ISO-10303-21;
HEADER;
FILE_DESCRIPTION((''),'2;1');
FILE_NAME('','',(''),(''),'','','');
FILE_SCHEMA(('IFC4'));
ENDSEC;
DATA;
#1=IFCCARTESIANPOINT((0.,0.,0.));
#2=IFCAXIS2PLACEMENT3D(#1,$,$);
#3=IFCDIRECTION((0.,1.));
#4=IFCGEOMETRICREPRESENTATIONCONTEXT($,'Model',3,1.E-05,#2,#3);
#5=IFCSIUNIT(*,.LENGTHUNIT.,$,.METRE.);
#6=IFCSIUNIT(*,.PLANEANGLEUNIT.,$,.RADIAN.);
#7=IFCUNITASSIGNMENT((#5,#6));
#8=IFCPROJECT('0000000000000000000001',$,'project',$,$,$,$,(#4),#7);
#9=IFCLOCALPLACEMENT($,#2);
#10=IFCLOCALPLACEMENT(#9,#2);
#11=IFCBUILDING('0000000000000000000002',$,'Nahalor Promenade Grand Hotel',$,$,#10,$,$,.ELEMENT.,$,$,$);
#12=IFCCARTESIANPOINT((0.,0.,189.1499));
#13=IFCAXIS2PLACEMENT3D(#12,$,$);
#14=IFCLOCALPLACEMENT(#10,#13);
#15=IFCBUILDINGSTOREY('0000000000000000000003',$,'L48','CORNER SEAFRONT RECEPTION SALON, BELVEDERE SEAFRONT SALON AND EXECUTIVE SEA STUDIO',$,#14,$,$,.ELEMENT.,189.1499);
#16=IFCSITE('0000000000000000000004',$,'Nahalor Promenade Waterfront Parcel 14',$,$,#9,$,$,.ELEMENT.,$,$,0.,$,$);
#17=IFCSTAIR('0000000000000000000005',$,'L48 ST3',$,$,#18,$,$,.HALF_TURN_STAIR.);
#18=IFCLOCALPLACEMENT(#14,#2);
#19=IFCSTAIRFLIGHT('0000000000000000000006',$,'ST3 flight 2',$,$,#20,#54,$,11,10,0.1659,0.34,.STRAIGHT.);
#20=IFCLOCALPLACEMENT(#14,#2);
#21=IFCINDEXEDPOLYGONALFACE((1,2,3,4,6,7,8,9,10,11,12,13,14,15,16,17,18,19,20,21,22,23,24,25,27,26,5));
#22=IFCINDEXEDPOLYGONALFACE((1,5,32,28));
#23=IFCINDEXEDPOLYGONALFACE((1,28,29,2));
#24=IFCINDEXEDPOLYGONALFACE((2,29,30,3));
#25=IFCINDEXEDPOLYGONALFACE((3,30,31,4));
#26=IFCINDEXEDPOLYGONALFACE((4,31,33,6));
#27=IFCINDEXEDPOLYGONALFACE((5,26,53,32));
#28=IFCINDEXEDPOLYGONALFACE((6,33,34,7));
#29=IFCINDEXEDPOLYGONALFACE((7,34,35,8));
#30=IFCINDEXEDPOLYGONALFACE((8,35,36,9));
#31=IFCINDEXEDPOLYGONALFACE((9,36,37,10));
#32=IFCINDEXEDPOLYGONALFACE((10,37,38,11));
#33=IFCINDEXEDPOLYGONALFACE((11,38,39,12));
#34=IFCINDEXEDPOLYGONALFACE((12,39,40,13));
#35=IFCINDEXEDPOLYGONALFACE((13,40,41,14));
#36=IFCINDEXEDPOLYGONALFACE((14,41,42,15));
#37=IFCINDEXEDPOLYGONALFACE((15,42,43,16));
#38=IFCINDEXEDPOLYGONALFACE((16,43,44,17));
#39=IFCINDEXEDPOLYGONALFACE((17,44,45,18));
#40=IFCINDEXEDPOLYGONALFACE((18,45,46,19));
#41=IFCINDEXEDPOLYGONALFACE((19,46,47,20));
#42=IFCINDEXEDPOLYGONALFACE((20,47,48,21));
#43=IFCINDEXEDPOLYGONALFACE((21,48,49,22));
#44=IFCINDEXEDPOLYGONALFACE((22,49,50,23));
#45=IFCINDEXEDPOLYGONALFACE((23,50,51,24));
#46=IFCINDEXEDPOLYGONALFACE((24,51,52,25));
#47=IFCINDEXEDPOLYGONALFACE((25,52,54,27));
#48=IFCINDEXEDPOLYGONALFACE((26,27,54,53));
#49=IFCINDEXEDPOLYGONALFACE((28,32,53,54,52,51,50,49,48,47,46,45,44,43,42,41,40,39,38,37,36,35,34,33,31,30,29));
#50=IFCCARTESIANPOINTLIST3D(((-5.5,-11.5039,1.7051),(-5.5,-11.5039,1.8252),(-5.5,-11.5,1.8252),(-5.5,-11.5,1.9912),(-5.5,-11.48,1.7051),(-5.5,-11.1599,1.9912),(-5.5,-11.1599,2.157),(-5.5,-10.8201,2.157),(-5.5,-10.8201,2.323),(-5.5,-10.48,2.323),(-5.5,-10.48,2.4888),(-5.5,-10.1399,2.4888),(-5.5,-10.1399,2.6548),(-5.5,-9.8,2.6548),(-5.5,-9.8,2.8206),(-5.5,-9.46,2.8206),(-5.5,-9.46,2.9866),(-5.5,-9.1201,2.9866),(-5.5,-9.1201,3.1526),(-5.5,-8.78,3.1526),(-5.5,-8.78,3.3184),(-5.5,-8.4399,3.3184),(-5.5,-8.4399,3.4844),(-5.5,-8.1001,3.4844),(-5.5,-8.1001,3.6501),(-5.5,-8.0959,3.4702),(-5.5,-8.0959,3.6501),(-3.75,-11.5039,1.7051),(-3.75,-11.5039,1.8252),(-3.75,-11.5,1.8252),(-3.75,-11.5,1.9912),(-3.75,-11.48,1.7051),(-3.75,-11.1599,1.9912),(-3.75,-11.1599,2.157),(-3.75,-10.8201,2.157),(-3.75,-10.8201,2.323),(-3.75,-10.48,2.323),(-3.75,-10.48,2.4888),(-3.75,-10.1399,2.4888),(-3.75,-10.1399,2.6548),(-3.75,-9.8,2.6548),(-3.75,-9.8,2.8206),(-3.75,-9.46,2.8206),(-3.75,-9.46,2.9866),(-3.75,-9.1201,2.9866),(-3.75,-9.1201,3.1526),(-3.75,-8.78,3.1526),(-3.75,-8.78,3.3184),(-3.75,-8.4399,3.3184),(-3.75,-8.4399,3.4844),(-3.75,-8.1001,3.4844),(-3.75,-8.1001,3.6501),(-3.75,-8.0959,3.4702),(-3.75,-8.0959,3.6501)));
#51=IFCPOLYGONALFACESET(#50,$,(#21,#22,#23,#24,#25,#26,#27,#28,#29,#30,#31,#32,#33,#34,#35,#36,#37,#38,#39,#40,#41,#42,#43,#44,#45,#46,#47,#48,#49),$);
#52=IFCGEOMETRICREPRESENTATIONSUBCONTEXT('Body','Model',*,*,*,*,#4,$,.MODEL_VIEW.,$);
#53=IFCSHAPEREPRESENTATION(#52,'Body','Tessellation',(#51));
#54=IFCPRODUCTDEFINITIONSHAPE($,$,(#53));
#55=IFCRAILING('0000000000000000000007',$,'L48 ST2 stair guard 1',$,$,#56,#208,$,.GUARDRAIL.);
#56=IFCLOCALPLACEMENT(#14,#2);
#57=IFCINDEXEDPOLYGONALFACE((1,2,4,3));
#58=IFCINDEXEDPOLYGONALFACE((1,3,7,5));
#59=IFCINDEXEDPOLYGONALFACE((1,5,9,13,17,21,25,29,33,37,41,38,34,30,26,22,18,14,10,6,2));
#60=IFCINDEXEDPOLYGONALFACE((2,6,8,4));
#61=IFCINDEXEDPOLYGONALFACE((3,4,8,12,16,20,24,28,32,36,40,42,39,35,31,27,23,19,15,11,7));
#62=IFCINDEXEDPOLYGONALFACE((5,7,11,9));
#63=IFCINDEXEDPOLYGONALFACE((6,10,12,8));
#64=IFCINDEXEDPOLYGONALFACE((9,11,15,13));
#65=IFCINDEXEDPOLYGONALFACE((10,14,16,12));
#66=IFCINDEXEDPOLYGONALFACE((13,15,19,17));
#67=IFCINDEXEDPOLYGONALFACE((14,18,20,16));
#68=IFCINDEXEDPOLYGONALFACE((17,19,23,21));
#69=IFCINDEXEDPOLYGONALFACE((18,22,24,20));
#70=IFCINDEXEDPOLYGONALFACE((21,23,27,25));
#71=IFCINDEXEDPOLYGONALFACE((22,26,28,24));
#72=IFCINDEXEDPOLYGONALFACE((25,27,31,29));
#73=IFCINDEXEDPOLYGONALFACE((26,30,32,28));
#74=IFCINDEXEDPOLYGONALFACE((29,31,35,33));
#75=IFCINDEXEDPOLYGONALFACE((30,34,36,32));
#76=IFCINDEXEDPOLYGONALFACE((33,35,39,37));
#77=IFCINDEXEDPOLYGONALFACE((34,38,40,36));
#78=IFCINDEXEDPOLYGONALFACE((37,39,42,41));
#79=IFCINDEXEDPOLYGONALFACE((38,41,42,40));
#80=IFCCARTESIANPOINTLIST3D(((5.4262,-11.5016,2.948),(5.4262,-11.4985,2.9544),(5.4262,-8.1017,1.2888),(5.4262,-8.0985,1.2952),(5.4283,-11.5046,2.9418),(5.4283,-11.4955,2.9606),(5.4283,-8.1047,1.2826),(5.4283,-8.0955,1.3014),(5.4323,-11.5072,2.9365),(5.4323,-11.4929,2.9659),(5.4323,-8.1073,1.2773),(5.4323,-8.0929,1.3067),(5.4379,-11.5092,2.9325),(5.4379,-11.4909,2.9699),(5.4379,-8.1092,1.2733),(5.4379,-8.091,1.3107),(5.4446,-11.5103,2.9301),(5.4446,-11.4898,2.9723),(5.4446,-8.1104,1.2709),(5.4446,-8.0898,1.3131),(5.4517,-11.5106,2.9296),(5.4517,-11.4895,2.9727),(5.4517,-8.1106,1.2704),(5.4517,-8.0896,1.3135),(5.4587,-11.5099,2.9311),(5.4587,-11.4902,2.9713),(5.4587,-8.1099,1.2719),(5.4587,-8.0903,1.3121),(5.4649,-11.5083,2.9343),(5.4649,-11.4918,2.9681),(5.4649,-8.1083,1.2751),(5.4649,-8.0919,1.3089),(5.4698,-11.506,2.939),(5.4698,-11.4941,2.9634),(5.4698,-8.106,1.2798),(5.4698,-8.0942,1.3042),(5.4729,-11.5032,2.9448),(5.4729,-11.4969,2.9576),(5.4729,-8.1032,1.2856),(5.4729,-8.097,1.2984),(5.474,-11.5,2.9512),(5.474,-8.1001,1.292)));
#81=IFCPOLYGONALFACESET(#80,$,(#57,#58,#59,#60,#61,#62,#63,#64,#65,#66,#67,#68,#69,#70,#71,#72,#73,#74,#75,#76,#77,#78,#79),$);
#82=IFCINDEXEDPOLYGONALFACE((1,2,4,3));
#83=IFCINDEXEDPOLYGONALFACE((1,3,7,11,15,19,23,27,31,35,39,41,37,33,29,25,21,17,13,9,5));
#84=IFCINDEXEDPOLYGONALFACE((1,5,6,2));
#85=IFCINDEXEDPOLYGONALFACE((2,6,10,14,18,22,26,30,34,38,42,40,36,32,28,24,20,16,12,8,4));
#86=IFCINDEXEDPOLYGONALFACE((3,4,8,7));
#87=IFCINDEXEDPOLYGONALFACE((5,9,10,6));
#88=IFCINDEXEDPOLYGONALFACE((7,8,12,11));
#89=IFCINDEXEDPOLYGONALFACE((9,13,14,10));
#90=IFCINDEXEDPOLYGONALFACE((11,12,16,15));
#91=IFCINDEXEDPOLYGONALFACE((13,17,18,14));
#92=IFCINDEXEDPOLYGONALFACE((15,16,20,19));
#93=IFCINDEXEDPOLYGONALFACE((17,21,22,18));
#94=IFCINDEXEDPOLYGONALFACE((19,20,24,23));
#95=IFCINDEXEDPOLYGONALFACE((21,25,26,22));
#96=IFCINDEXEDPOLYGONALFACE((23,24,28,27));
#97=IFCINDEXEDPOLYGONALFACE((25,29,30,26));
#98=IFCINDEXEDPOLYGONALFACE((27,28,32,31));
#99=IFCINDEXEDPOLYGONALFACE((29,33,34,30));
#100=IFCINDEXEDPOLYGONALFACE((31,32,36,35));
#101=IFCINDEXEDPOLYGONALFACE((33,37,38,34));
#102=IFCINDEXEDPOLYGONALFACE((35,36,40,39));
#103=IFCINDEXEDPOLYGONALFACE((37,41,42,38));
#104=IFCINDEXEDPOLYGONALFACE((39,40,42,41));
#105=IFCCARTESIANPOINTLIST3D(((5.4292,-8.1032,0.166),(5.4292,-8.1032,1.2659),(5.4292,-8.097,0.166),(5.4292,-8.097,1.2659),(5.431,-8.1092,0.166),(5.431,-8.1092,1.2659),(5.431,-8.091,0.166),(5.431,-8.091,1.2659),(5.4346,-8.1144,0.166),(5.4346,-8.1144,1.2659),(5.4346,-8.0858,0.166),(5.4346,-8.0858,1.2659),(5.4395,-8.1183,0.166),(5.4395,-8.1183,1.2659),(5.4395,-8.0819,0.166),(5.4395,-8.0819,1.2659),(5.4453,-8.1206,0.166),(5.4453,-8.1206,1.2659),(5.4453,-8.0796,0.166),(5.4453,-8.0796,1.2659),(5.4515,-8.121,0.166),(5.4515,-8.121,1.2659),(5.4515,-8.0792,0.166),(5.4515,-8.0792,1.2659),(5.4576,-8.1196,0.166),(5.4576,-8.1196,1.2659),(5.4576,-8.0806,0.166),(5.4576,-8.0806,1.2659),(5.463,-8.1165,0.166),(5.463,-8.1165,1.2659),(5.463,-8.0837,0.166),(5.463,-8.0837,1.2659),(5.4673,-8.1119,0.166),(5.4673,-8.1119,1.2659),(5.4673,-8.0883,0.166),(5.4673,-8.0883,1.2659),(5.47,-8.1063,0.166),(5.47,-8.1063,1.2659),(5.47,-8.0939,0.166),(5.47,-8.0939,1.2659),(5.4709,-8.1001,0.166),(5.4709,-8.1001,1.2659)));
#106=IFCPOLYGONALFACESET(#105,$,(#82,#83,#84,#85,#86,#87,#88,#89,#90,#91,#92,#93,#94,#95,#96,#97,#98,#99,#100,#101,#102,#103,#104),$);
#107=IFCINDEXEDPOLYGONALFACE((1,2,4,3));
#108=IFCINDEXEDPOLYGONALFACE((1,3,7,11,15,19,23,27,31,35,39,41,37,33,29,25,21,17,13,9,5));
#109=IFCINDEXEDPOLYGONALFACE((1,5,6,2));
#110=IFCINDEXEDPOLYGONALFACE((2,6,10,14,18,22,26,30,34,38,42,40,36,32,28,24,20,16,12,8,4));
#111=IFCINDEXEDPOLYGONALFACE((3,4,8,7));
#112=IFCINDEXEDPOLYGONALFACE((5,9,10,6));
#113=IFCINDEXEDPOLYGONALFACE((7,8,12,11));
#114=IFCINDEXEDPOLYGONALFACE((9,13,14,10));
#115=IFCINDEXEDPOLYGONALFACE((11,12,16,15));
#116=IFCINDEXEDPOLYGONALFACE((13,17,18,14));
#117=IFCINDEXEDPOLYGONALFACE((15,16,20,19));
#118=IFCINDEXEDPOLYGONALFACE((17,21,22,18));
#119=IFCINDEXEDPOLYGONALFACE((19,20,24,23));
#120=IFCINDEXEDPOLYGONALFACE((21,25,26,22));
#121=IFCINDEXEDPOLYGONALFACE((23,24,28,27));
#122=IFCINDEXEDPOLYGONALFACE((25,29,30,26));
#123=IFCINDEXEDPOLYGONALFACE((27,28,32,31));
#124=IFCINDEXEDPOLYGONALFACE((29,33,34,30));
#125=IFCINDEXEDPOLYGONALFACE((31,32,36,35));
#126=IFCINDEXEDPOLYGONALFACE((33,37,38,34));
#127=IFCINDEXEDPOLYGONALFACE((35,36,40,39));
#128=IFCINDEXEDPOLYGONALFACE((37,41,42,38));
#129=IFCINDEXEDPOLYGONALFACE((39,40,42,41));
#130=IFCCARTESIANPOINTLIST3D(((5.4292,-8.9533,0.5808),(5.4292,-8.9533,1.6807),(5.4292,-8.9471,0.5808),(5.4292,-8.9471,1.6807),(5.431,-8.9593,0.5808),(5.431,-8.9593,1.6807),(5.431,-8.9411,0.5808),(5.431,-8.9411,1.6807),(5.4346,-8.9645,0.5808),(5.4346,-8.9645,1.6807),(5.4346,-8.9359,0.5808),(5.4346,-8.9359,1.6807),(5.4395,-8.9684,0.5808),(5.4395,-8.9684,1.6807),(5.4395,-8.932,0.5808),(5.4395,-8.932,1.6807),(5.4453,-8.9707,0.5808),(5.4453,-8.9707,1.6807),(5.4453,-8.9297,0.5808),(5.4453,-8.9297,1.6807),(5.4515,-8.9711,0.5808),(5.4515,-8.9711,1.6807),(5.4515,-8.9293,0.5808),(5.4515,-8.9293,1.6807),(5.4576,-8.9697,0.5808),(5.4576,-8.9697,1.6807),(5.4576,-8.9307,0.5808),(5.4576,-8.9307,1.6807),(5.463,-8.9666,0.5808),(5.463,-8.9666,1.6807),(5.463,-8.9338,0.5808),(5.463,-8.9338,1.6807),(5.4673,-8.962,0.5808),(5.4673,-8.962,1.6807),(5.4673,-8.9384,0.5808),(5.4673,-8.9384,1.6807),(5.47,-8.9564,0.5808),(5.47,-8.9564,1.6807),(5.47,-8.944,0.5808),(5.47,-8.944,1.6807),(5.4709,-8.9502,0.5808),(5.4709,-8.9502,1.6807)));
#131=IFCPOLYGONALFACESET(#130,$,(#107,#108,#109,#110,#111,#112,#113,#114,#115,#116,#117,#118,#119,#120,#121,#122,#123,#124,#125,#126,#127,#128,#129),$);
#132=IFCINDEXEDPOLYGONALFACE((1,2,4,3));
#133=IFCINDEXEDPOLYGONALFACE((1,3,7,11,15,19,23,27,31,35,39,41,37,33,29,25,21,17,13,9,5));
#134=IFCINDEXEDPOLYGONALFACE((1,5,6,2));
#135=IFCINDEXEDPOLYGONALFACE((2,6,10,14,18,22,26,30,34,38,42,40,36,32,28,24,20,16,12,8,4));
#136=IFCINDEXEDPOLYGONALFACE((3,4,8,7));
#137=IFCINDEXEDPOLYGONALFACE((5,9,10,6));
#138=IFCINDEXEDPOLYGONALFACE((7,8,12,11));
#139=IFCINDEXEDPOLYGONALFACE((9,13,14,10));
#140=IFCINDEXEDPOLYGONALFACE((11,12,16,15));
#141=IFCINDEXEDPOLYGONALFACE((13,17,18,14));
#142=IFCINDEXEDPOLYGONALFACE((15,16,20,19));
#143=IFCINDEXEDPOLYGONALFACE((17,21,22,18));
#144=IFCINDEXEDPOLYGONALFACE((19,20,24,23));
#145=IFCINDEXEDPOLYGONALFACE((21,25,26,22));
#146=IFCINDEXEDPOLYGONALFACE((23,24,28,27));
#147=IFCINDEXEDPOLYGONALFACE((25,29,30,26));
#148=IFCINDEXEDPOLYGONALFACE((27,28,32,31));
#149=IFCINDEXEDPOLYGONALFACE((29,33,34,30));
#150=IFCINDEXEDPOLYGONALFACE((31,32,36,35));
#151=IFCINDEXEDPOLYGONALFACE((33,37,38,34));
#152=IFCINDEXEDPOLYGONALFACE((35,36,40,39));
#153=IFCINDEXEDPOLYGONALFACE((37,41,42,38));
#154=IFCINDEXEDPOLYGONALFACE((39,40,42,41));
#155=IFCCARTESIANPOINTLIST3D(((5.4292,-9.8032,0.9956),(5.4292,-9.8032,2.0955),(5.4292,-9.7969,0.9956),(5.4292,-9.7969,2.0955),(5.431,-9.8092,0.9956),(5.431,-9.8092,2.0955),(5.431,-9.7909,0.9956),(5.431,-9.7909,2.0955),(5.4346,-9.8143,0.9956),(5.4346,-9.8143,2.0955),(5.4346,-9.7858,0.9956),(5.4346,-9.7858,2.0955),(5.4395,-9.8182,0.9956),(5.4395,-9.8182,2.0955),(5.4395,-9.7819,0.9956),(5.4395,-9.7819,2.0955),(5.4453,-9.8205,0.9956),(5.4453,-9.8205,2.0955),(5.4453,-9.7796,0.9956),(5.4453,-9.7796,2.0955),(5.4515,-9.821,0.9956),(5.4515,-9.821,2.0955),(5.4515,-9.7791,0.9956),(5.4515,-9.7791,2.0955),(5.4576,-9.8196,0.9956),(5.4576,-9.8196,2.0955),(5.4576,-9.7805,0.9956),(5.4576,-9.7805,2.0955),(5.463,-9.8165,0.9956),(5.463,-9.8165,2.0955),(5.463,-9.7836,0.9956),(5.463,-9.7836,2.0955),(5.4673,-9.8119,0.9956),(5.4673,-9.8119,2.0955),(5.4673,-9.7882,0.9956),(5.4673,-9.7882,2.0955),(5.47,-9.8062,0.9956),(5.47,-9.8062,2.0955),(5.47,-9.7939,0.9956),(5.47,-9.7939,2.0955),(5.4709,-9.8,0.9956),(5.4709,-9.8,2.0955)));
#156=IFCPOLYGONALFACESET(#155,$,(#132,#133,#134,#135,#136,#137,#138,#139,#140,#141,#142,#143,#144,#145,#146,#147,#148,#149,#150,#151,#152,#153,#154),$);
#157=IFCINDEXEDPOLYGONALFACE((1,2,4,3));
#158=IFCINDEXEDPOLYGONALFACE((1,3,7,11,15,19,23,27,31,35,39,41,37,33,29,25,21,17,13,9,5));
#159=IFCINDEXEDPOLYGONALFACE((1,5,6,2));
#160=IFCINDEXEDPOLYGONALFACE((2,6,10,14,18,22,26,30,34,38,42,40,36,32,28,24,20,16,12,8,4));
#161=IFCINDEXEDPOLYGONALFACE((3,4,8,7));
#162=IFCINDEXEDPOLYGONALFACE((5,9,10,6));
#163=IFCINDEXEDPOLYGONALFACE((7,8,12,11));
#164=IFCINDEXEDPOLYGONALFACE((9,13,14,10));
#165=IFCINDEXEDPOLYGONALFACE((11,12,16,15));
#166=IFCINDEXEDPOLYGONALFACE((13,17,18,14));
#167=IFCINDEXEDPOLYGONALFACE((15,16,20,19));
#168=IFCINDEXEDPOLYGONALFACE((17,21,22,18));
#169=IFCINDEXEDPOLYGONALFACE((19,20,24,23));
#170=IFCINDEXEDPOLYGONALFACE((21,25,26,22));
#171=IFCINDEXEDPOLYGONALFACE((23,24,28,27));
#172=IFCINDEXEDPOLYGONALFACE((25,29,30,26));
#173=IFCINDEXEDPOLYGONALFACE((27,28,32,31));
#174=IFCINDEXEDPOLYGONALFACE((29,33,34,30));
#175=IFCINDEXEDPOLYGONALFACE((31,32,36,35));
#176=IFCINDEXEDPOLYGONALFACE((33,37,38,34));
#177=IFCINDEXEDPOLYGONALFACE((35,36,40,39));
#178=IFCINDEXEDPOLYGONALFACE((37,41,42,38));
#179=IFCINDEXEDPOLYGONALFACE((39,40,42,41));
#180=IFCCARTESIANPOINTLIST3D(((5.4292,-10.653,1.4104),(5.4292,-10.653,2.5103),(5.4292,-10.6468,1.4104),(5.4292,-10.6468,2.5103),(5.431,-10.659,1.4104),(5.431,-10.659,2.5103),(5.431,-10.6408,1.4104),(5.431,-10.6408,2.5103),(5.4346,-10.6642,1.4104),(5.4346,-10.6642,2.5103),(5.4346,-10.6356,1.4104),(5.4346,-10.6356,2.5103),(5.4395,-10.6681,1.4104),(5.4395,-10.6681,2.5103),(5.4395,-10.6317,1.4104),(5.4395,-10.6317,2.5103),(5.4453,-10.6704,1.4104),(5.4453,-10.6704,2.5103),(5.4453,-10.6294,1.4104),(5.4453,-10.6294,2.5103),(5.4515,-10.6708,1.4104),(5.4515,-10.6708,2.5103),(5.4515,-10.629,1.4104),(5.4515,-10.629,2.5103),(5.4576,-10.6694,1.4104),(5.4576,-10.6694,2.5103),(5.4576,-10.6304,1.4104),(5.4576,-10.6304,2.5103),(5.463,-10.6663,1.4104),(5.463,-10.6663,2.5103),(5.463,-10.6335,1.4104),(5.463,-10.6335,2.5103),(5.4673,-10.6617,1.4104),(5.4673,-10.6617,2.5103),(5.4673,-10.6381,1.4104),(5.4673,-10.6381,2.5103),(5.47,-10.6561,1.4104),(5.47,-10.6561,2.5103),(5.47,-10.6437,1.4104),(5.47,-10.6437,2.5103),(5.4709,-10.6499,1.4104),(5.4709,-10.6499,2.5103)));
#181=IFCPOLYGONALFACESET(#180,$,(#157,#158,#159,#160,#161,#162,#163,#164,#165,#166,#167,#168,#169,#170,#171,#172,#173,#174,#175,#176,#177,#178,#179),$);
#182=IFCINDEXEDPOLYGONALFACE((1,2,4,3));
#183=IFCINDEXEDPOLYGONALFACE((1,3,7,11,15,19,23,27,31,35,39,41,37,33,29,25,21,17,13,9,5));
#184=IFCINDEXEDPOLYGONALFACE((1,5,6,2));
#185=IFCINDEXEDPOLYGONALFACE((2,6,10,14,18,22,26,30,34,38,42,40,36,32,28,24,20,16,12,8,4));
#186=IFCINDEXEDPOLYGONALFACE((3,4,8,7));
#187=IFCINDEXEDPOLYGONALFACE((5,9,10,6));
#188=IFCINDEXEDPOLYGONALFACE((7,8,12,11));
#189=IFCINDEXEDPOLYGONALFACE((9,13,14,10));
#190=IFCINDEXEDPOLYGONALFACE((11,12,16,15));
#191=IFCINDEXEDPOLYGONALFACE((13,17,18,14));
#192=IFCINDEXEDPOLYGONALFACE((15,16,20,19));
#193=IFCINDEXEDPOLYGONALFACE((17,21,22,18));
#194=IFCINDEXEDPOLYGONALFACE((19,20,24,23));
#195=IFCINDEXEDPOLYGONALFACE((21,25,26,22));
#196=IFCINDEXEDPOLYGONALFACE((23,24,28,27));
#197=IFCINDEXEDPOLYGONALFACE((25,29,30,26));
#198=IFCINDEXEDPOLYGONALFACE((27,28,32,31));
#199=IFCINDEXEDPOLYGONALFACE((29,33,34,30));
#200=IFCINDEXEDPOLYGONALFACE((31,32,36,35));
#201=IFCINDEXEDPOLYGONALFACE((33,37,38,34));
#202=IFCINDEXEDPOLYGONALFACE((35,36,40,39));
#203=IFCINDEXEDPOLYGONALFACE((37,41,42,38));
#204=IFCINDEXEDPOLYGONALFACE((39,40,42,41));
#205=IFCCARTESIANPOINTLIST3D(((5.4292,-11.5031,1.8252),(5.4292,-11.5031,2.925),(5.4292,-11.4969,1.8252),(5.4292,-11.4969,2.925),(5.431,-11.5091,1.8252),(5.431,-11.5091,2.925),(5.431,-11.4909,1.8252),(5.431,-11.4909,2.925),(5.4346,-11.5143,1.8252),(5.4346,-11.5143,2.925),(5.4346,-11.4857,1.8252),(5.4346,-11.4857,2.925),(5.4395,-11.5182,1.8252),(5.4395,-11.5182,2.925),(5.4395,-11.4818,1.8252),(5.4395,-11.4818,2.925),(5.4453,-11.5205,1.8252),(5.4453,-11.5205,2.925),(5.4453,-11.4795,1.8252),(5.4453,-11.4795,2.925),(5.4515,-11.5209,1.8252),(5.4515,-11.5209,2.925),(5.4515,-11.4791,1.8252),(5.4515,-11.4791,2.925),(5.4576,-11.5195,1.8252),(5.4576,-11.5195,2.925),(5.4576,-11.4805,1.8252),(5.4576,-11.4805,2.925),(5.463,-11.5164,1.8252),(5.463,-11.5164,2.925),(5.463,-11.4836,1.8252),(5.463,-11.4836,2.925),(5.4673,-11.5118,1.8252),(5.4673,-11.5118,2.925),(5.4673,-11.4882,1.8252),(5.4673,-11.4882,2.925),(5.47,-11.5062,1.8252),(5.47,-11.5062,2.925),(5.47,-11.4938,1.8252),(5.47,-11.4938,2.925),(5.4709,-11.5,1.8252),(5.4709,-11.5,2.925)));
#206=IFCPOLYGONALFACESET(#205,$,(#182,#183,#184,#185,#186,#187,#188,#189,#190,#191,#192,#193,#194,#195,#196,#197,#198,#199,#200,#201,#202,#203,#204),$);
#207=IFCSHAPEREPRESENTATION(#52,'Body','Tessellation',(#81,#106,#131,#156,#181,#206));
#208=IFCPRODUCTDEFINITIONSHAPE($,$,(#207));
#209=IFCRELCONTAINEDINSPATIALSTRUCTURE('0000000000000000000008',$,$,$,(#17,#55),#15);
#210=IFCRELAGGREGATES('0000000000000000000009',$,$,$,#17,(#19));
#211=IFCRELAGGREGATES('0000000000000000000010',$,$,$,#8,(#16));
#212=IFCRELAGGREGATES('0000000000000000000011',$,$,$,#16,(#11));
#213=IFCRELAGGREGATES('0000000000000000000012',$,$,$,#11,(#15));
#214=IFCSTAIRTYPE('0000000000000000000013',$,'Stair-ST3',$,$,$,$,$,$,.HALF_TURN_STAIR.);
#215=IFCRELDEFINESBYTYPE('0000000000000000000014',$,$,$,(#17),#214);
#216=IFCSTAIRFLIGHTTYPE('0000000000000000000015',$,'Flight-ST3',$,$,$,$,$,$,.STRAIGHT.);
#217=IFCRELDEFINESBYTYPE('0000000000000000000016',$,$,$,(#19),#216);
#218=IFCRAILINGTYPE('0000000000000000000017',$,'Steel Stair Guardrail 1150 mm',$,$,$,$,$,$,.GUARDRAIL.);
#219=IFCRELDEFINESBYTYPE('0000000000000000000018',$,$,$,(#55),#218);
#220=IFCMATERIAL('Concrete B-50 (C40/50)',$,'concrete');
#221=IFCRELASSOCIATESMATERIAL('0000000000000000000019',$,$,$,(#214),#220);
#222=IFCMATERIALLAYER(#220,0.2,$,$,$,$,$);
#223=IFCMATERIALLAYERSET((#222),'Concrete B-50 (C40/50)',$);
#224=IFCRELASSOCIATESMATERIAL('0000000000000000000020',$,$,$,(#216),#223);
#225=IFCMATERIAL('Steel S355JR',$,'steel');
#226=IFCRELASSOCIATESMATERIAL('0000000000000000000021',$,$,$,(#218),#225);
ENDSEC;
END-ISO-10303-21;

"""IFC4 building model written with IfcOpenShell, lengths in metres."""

from ifc_helpers import new_model, si_unit, direction, frame, origin, origin_2d, place, context, subcontext, project, spatial, polyline, circle, outline, extrude, source, transform, mapped, material, layer, layer_set, type_object, element, aggregate, save


model = new_model("IFC4")

# Units and contexts
model_context = context("Model", 3, precision=1e-05, world=origin(), true_north=direction((0.0, 1.0)))
body_context = subcontext(model_context, "Body", "Model", "MODEL_VIEW")
ifc_project = project(units=[si_unit("LENGTHUNIT", "METRE"), si_unit("PLANEANGLEUNIT", "RADIAN")], contexts=[model_context])

# Site, building, storey
site_placement = place(None, origin())
site = spatial("IfcSite", under=ifc_project, at=site_placement, Name="Nahalor Promenade Waterfront Parcel 14", CompositionType="ELEMENT", RefElevation=0.0)
building_placement = place(site_placement, origin())
building = spatial("IfcBuilding", under=site, at=building_placement, Name="Nahalor Promenade Grand Hotel", CompositionType="ELEMENT")
storey_placement = place(building_placement, frame((0.0, 0.0, 189.1499)))
storey = spatial("IfcBuildingStorey", under=building, at=storey_placement, Name="L48", Description="CORNER SEAFRONT RECEPTION SALON, BELVEDERE SEAFRONT SALON AND EXECUTIVE SEA STUDIO", CompositionType="ELEMENT", Elevation=189.1499)

# Shared definitions
ifc_material_1 = material(Name="Steel S355JR", Category="steel")

# Shared definitions
ifc_material_2 = material(Name="Concrete B-50 (C40/50)", Category="concrete")

# Stair, stair flight
stair_type_1 = type_object("IfcStairType", Name="Stair-ST3", PredefinedType="HALF_TURN_STAIR", material=ifc_material_2)
stair_1_placement = place(storey_placement, origin())
stair_1 = element("IfcStair", 1, at=stair_1_placement, inside=storey, type_object=stair_type_1, Name="L48 ST3", PredefinedType="HALF_TURN_STAIR")
ifc_layer_1 = layer(ifc_material_2, 0.2)
ifc_layer_set_1 = layer_set([ifc_layer_1], Name="Concrete B-50 (C40/50)")
stair_flight_type_1 = type_object("IfcStairFlightType", Name="Flight-ST3", PredefinedType="STRAIGHT", material=ifc_layer_set_1)
shared_shape_1 = source(origin(), body_context, "Body", "SweptSolid", [
    extrude(outline(polyline([(-0.0039, -0.1201), (-0.0039, 0.0), (0.0, 0.0), (0.0, 0.166), (0.3401, 0.166), (0.3401, 0.3318), (0.6799, 0.3318), (0.6799, 0.4978), (1.02, 0.4978), (1.02, 0.6636), (1.3601, 0.6636), (1.3601, 0.8296), (1.7, 0.8296), (1.7, 0.9954), (2.04, 0.9954), (2.04, 1.1614), (2.3799, 1.1614), (2.3799, 1.3274), (2.72, 1.3274), (2.72, 1.4932), (3.0601, 1.4932), (3.0601, 1.6592), (3.3999, 1.6592), (3.3999, 1.825), (3.4041, 1.825), (3.4041, 1.645), (0.02, -0.1201), (-0.0039, -0.1201)])), frame((0.0, 0.875, 0.0), z_axis=(0.0, -1.0, 0.0), x_axis=(1.0, 0.0, 0.0)), (0.0, 0.0, 1.0), 1.75),
])
stair_flight_1_placement = place(storey_placement, frame((-4.625, -11.5, 1.8252), z_axis=(0.0, 0.0, 1.0), x_axis=(0.0, 1.0, 0.0)))
stair_flight_1 = element("IfcStairFlight", 2, at=stair_flight_1_placement, type_object=stair_flight_type_1, Name="ST3 flight 2", NumberOfRisers=11, NumberOfTreads=10, PredefinedType="STRAIGHT", RiserHeight=0.1659, TreadLength=0.34, context=body_context, shape_type="MappedRepresentation", body=[
    mapped(shared_shape_1, transform((0.0, 0.0, 0.0), scale=1.0)),
])
aggregate(stair_1, [stair_flight_1])

# Railing
railing_type_1 = type_object("IfcRailingType", Name="Steel Stair Guardrail 1150 mm", PredefinedType="GUARDRAIL", material=ifc_material_1)
for number, where, name in (
    (3, (5.45, -8.1001, 0.166), "L48 ST2 stair guard 1"),
):
    element("IfcRailing", number, at=place(storey_placement, frame(where)), inside=storey, type_object=railing_type_1, Name=name, PredefinedType="GUARDRAIL", context=body_context, shape_type="SweptSolid", body=[
        extrude(circle(Radius=0.024, at=origin_2d()), frame((0.0, 0.0, 1.126), z_axis=(0.0, -0.898696, 0.438571), x_axis=(1.0, 0.0, 0.0)), (0.0, 0.0, 1.0), 3.7832),
        extrude(circle(Radius=0.021, at=origin_2d()), origin(), (0.0, 0.0, 1.0), 1.0999),
        extrude(circle(Radius=0.021, at=origin_2d()), frame((0.0, -0.8501, 0.4148)), (0.0, 0.0, 1.0), 1.0999),
        extrude(circle(Radius=0.021, at=origin_2d()), frame((0.0, -1.7, 0.8296)), (0.0, 0.0, 1.0), 1.0999),
        extrude(circle(Radius=0.021, at=origin_2d()), frame((0.0, -2.5498, 1.2444)), (0.0, 0.0, 1.0), 1.0999),
        extrude(circle(Radius=0.021, at=origin_2d()), frame((0.0, -3.3999, 1.6592)), (0.0, 0.0, 1.0), 1.0999),
    ])

save(model, "model.ifc")
